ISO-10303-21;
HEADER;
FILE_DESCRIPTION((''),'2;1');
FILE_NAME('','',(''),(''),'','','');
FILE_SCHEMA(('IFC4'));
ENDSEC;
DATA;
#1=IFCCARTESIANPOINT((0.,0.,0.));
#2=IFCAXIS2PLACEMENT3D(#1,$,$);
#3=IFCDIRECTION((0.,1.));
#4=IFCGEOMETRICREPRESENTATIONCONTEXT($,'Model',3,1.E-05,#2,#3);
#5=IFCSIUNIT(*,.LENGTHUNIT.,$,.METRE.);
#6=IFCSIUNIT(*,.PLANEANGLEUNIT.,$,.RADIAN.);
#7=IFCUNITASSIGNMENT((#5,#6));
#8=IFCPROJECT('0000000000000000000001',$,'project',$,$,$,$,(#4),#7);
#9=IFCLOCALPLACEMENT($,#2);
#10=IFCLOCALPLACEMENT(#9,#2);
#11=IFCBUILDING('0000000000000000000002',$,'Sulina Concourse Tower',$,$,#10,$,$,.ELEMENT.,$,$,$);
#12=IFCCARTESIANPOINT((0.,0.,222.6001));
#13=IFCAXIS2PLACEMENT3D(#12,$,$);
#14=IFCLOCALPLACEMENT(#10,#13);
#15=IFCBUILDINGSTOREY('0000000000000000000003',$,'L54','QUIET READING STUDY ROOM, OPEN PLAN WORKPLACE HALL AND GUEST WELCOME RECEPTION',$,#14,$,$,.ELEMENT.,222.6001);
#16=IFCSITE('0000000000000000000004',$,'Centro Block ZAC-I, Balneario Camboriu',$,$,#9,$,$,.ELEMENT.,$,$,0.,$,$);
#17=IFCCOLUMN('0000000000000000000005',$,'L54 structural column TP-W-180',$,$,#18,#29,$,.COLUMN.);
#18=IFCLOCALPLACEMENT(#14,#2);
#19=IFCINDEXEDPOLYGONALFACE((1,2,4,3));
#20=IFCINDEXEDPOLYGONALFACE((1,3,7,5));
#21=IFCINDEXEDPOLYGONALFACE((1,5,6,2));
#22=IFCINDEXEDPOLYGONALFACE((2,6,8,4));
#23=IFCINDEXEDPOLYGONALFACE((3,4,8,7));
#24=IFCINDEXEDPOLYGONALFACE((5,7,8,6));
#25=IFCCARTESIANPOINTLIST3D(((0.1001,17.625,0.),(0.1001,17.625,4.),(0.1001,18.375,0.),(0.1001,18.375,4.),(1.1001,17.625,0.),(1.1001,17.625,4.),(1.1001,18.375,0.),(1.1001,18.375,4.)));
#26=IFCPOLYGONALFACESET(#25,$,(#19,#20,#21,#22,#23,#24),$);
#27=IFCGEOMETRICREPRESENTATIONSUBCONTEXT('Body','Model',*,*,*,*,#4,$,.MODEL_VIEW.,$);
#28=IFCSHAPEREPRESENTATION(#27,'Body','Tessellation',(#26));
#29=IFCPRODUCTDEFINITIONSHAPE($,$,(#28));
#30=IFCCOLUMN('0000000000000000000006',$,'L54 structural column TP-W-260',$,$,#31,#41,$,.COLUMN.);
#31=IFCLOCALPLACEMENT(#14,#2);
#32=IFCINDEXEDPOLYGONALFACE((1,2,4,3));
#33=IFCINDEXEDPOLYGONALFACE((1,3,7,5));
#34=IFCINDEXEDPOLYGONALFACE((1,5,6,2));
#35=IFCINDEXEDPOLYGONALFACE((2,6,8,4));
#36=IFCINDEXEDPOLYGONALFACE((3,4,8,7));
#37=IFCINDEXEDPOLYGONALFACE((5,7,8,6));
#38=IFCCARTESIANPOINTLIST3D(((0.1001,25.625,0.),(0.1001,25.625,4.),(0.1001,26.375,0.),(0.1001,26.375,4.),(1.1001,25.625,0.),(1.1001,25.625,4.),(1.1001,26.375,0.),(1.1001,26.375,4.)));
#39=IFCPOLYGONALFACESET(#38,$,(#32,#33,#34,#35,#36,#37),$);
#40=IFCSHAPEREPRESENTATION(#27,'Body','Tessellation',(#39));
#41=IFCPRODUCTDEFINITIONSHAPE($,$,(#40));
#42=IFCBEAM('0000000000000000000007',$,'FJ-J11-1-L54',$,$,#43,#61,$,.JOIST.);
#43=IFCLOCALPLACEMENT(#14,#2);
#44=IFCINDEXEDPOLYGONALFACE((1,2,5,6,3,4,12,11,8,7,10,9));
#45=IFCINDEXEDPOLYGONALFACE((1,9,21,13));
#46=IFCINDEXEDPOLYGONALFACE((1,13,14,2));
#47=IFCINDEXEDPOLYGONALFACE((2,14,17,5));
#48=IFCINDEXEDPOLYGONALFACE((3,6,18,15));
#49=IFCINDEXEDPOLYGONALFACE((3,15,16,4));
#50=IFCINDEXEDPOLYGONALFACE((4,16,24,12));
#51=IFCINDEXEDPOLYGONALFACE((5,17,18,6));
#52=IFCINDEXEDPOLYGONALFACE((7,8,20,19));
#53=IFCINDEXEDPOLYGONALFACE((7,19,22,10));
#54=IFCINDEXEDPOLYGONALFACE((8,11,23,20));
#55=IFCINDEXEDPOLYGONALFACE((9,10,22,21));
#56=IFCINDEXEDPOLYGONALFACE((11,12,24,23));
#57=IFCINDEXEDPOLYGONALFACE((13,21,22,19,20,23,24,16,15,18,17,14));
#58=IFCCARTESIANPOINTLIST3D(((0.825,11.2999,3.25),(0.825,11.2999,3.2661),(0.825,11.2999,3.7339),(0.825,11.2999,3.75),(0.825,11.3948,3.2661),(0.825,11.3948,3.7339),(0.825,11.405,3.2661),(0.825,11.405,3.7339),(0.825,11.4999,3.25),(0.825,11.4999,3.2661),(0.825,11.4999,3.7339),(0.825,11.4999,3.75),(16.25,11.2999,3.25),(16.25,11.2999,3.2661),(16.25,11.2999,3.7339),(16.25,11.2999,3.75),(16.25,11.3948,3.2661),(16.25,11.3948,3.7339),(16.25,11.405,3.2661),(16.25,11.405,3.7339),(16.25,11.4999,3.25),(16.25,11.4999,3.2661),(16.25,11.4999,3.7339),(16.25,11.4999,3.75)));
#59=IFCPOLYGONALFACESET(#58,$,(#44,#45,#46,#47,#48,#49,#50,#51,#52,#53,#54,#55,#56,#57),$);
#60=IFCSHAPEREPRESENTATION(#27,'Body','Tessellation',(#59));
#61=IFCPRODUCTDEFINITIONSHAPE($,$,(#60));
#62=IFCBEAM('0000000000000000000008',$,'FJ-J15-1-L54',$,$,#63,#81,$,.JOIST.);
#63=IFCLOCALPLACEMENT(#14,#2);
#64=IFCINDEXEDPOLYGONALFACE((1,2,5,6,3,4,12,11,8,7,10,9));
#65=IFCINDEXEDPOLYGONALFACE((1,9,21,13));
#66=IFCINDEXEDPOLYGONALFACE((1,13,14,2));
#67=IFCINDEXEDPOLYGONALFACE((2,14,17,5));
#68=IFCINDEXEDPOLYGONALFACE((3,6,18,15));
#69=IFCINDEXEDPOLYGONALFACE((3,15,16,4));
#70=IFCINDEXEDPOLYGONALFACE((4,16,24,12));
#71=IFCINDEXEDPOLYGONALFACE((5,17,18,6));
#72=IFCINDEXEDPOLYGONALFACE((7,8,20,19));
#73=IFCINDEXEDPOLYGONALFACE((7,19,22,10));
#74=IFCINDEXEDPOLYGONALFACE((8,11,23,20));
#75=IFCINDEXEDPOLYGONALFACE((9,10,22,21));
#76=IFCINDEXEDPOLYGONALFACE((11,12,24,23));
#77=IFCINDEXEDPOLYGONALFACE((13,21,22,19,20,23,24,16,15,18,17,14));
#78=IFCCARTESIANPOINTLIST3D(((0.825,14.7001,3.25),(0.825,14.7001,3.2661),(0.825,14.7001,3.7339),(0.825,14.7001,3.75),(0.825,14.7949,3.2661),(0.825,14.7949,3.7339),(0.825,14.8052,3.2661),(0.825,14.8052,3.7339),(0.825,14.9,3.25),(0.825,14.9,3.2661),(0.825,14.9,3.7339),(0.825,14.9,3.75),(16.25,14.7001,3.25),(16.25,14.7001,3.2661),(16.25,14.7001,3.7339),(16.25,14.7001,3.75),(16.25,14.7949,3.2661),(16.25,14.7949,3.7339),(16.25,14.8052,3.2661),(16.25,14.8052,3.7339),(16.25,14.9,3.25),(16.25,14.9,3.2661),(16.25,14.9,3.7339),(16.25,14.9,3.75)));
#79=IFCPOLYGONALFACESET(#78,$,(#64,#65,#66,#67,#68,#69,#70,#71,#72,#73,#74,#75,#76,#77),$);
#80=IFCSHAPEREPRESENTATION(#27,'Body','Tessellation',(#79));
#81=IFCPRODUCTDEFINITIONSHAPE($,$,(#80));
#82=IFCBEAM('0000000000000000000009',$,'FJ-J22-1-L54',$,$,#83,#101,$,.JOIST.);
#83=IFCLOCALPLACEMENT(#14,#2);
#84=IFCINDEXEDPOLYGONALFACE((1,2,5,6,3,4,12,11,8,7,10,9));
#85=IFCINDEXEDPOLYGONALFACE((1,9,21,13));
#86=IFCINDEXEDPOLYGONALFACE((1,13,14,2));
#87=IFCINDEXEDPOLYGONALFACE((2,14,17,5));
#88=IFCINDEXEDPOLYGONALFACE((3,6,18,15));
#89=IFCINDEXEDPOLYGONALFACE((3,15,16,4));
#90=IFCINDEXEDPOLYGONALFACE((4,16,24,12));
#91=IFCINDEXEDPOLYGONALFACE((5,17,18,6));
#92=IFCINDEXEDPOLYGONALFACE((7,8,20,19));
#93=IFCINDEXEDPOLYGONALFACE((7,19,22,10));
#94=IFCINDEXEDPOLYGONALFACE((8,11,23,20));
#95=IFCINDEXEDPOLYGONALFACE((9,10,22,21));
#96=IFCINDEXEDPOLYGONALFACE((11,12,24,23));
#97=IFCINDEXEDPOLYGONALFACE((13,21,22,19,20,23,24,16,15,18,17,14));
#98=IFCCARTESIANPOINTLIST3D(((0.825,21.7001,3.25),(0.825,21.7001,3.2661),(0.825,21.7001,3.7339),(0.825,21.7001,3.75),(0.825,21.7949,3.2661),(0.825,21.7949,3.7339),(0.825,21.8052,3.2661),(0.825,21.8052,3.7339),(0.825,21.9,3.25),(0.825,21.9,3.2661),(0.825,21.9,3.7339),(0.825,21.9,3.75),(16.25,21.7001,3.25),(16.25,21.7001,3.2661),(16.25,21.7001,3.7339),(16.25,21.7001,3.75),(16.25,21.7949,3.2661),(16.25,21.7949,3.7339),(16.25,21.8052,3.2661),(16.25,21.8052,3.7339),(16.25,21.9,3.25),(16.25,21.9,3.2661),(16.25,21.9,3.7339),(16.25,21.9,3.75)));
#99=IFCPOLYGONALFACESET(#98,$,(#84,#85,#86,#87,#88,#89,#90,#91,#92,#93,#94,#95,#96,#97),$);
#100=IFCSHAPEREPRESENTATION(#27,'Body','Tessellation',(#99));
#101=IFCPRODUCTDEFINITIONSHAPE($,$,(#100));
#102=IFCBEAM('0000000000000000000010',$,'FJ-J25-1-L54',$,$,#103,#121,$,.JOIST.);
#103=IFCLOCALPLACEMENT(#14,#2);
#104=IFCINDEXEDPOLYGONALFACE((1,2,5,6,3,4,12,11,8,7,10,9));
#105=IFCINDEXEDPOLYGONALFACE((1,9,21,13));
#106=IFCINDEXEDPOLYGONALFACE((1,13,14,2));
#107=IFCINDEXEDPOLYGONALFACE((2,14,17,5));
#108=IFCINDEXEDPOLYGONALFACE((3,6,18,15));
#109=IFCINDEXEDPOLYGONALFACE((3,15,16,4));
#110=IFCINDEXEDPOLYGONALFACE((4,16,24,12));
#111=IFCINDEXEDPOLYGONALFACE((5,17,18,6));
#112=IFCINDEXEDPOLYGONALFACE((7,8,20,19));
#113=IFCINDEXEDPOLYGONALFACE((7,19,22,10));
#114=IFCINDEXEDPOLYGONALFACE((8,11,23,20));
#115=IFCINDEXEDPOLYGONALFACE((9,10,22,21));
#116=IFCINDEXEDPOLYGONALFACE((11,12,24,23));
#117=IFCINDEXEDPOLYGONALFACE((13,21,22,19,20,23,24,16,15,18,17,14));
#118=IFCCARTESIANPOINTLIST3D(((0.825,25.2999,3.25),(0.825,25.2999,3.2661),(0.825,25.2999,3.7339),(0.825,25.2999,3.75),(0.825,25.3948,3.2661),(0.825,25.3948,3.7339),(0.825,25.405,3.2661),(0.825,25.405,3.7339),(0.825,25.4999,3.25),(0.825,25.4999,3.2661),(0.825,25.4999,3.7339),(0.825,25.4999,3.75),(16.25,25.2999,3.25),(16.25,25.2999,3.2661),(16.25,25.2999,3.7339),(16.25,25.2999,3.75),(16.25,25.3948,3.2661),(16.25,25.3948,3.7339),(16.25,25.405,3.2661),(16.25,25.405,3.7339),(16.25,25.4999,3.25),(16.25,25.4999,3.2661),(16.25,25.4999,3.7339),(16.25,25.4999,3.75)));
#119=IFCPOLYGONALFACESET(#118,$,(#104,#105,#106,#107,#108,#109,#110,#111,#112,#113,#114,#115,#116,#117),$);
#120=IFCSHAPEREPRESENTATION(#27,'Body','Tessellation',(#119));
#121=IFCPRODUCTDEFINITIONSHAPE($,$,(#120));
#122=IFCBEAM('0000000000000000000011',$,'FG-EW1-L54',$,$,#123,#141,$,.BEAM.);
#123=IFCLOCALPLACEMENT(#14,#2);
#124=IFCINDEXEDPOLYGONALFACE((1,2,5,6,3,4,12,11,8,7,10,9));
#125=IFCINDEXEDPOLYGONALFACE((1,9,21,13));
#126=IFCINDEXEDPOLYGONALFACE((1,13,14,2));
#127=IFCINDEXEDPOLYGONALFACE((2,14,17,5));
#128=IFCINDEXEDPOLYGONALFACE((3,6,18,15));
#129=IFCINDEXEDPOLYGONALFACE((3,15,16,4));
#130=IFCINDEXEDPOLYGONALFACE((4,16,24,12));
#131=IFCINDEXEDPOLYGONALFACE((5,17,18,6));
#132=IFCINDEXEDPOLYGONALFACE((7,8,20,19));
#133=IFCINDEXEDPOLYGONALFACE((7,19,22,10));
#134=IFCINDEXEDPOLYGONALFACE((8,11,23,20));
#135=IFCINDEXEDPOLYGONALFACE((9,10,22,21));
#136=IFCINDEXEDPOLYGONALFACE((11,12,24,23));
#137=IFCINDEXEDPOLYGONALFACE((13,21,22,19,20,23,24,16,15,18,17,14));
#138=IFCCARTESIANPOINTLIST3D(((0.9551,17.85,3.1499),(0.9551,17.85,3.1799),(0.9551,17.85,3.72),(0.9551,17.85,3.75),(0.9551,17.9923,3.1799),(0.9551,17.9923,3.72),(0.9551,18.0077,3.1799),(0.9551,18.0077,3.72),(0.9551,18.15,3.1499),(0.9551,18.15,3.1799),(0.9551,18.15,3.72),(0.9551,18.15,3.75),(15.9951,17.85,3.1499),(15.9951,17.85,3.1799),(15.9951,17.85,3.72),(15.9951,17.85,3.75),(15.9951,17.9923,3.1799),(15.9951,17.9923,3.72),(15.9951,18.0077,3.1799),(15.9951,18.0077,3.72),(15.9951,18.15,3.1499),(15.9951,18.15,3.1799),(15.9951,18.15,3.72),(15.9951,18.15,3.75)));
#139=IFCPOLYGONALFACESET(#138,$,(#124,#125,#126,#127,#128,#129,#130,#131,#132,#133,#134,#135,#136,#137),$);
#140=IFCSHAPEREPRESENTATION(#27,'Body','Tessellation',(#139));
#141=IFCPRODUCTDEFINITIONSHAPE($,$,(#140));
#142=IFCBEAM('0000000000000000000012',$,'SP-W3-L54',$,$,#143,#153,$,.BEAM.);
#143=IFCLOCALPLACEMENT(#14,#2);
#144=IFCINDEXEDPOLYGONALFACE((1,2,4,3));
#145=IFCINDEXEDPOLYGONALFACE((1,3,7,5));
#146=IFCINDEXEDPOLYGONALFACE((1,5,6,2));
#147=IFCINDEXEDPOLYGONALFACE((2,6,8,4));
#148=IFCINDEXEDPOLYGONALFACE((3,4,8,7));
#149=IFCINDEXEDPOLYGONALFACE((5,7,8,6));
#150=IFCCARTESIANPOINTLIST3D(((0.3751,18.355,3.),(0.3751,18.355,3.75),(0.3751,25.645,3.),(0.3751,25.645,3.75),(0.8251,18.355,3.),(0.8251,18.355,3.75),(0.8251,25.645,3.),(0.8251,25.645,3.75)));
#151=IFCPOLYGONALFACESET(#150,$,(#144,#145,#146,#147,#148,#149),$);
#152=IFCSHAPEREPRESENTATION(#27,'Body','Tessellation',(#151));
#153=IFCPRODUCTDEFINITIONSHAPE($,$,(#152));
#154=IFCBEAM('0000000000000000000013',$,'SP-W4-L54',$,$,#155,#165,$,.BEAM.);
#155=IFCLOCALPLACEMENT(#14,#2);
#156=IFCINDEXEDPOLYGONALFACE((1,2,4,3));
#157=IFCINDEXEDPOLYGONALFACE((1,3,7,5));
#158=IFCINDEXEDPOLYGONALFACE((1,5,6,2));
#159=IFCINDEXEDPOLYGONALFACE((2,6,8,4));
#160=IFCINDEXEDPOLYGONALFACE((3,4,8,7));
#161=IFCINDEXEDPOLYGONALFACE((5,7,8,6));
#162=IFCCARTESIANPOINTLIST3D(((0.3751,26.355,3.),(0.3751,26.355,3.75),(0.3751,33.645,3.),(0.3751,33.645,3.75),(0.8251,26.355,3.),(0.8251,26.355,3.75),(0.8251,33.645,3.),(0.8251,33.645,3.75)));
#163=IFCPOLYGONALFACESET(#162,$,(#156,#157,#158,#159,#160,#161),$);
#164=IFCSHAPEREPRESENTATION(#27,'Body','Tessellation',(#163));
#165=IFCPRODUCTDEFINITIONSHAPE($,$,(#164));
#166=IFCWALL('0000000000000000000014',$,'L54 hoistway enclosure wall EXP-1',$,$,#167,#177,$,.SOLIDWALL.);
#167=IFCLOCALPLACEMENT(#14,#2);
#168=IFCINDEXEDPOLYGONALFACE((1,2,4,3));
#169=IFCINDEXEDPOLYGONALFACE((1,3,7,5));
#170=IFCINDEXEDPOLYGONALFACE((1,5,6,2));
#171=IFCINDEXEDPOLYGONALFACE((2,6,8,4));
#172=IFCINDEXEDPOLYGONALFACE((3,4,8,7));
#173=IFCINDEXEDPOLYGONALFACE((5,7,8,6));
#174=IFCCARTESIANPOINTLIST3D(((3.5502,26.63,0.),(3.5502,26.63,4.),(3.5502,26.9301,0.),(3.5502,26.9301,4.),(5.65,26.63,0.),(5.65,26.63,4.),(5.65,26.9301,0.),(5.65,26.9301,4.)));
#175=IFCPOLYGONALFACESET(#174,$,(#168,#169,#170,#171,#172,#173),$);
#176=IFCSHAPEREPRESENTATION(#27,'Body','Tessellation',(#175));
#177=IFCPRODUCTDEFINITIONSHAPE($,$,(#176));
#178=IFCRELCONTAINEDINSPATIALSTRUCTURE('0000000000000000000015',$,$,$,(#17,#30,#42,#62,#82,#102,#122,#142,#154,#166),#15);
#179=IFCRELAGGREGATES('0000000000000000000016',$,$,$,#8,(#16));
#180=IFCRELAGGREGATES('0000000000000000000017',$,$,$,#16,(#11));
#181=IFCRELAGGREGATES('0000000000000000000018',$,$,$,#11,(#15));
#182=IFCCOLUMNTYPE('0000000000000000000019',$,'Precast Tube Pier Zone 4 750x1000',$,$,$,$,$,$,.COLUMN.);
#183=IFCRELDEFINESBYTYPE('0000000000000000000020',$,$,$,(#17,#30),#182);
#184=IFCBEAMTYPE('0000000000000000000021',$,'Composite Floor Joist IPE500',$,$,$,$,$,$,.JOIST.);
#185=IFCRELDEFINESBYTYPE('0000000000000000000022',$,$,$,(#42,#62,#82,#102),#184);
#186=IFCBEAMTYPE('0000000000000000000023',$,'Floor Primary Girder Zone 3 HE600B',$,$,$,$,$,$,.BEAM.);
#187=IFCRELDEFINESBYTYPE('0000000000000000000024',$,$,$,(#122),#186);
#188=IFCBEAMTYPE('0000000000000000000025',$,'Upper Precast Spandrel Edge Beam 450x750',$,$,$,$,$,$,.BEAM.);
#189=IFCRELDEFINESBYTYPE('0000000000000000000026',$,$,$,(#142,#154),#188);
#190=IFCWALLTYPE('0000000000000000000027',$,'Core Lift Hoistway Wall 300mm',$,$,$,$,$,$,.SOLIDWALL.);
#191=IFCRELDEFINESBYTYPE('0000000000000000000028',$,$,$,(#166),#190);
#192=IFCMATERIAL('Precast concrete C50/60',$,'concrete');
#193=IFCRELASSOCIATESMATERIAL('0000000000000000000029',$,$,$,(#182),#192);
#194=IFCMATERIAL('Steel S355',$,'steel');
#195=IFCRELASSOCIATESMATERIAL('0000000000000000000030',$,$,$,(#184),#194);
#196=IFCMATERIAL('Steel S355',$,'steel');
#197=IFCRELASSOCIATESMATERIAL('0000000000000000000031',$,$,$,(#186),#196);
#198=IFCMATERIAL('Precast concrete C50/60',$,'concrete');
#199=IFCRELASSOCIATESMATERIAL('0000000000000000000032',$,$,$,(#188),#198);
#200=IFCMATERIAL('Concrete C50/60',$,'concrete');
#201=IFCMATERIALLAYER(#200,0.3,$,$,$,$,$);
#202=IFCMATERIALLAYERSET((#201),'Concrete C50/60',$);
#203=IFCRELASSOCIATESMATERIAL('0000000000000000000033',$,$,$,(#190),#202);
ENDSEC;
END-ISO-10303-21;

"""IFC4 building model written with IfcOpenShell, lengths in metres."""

from ifc_helpers import new_model, si_unit, direction, frame, frame_2d, origin, origin_2d, place, context, subcontext, project, spatial, rectangle, i_section, extrude, material, layer, layer_set, material_profile, profile_set, type_object, element, save


model = new_model("IFC4")

# Units and contexts
model_context = context("Model", 3, precision=1e-05, world=origin(), true_north=direction((0.0, 1.0)))
body_context = subcontext(model_context, "Body", "Model", "MODEL_VIEW")
ifc_project = project(units=[si_unit("LENGTHUNIT", "METRE"), si_unit("PLANEANGLEUNIT", "RADIAN")], contexts=[model_context])

# Site, building, storey
site_placement = place(None, origin())
site = spatial("IfcSite", under=ifc_project, at=site_placement, Name="Centro Block ZAC-I, Balneario Camboriu", CompositionType="ELEMENT", RefElevation=0.0)
building_placement = place(site_placement, origin())
building = spatial("IfcBuilding", under=site, at=building_placement, Name="Sulina Concourse Tower", CompositionType="ELEMENT")
storey_placement = place(building_placement, frame((0.0, 0.0, 222.6001)))
storey = spatial("IfcBuildingStorey", under=building, at=storey_placement, Name="L54", Description="QUIET READING STUDY ROOM, OPEN PLAN WORKPLACE HALL AND GUEST WELCOME RECEPTION", CompositionType="ELEMENT", Elevation=222.6001)

# Columns
ifc_material_1 = material(Name="Precast concrete C50/60", Category="concrete")
ifc_material_profile_1 = material_profile(ifc_material_1, rectangle(XDim=0.75, YDim=1.0, at=origin_2d()), Name="PC 750x1000")
ifc_profile_set_1 = profile_set([ifc_material_profile_1], Name="Precast concrete C50/60")
column_type = type_object("IfcColumnType", Name="Precast Tube Pier Zone 4 750x1000", PredefinedType="COLUMN", material=ifc_profile_set_1)
for number, where, z_axis, x_axis, name in (
    (1, (0.6001, 18.0, 0.0), (0.0, 0.0, 1.0), (0.0, 1.0, 0.0), "L54 structural column TP-W-180"),
    (2, (0.6001, 26.0, 0.0), (0.0, 0.0, 1.0), (0.0, 1.0, 0.0), "L54 structural column TP-W-260"),
):
    element("IfcColumn", number, at=place(storey_placement, frame(where, z_axis=z_axis, x_axis=x_axis)), inside=storey, type_object=column_type, Name=name, PredefinedType="COLUMN", context=body_context, shape_type="SweptSolid", body=[
        extrude(rectangle(XDim=0.75, YDim=1.0, at=origin_2d()), origin(), (0.0, 0.0, 1.0), 4.0),
    ])

# Beams
ifc_material_2 = material(Name="Steel S355", Category="steel")
ifc_material_profile_2 = material_profile(ifc_material_2, i_section(OverallWidth=0.2, OverallDepth=0.5, WebThickness=0.0103, FlangeThickness=0.0161, at=origin_2d()), Name="IPE 500")
ifc_profile_set_2 = profile_set([ifc_material_profile_2], Name="Steel S355")
beam_type_1 = type_object("IfcBeamType", Name="Composite Floor Joist IPE500", PredefinedType="JOIST", material=ifc_profile_set_2)
for number, where, z_axis, x_axis, name in (
    (3, (0.825, 11.3999, 3.5), (1.0, 0.0, 0.0), (0.0, 1.0, 0.0), "FJ-J11-1-L54"),
    (4, (0.825, 14.8, 3.5), (1.0, 0.0, 0.0), (0.0, 1.0, 0.0), "FJ-J15-1-L54"),
    (5, (0.825, 21.8, 3.5), (1.0, 0.0, 0.0), (0.0, 1.0, 0.0), "FJ-J22-1-L54"),
    (6, (0.825, 25.3999, 3.5), (1.0, 0.0, 0.0), (0.0, 1.0, 0.0), "FJ-J25-1-L54"),
):
    element("IfcBeam", number, at=place(storey_placement, frame(where, z_axis=z_axis, x_axis=x_axis)), inside=storey, type_object=beam_type_1, Name=name, PredefinedType="JOIST", context=body_context, shape_type="SweptSolid", body=[
        extrude(i_section(OverallWidth=0.2, OverallDepth=0.5, WebThickness=0.0103, FlangeThickness=0.0161, at=origin_2d()), origin(), (0.0, 0.0, 1.0), 15.425),
    ])
ifc_material_3 = material(Name="Steel S355", Category="steel")
ifc_material_profile_3 = material_profile(ifc_material_3, i_section(OverallWidth=0.3, OverallDepth=0.6001, WebThickness=0.0154, FlangeThickness=0.03, at=origin_2d()), Name="HE 600 B")
ifc_profile_set_3 = profile_set([ifc_material_profile_3], Name="Steel S355")
beam_type_2 = type_object("IfcBeamType", Name="Floor Primary Girder Zone 3 HE600B", PredefinedType="BEAM", material=ifc_profile_set_3)
beam_placement = place(storey_placement, frame((0.9551, 18.0, 3.45), z_axis=(1.0, 0.0, 0.0), x_axis=(0.0, 1.0, 0.0)))
element("IfcBeam", 7, at=beam_placement, inside=storey, type_object=beam_type_2, Name="FG-EW1-L54", PredefinedType="BEAM", context=body_context, shape_type="SweptSolid", body=[
    extrude(i_section(OverallWidth=0.3, OverallDepth=0.6001, WebThickness=0.0154, FlangeThickness=0.03, at=origin_2d()), origin(), (0.0, 0.0, 1.0), 15.04),
])
ifc_material_4 = material(Name="Precast concrete C50/60", Category="concrete")
ifc_material_profile_4 = material_profile(ifc_material_4, rectangle(XDim=0.45, YDim=0.75, at=origin_2d()), Name="RC 450x750")
ifc_profile_set_4 = profile_set([ifc_material_profile_4], Name="Precast concrete C50/60")
beam_type_3 = type_object("IfcBeamType", Name="Upper Precast Spandrel Edge Beam 450x750", PredefinedType="BEAM", material=ifc_profile_set_4)
for number, where, z_axis, x_axis, name in (
    (8, (0.6001, 18.355, 3.375), (0.0, 1.0, 0.0), (-1.0, 0.0, 0.0), "SP-W3-L54"),
    (9, (0.6001, 26.355, 3.375), (0.0, 1.0, 0.0), (-1.0, 0.0, 0.0), "SP-W4-L54"),
):
    element("IfcBeam", number, at=place(storey_placement, frame(where, z_axis=z_axis, x_axis=x_axis)), inside=storey, type_object=beam_type_3, Name=name, PredefinedType="BEAM", context=body_context, shape_type="SweptSolid", body=[
        extrude(rectangle(XDim=0.45, YDim=0.75, at=origin_2d()), origin(), (0.0, 0.0, 1.0), 7.29),
    ])

# Wall
ifc_material_5 = material(Name="Concrete C50/60", Category="concrete")
ifc_layer_1 = layer(ifc_material_5, 0.3)
ifc_layer_set_1 = layer_set([ifc_layer_1], Name="Concrete C50/60")
wall_type_1 = type_object("IfcWallType", Name="Core Lift Hoistway Wall 300mm", PredefinedType="SOLIDWALL", material=ifc_layer_set_1)
wall_1_placement = place(storey_placement, frame((5.6499, 26.78, 0.0), z_axis=(0.0, 0.0, 1.0), x_axis=(-1.0, 0.0, 0.0)))
element("IfcWall", 10, at=wall_1_placement, inside=storey, type_object=wall_type_1, Name="L54 hoistway enclosure wall EXP-1", PredefinedType="SOLIDWALL", context=body_context, shape_type="SweptSolid", body=[
    extrude(rectangle(XDim=2.0999, YDim=0.3, at=frame_2d((1.0498, 0.0))), origin(), (0.0, 0.0, 1.0), 4.0),
])

save(model, "model.ifc")
